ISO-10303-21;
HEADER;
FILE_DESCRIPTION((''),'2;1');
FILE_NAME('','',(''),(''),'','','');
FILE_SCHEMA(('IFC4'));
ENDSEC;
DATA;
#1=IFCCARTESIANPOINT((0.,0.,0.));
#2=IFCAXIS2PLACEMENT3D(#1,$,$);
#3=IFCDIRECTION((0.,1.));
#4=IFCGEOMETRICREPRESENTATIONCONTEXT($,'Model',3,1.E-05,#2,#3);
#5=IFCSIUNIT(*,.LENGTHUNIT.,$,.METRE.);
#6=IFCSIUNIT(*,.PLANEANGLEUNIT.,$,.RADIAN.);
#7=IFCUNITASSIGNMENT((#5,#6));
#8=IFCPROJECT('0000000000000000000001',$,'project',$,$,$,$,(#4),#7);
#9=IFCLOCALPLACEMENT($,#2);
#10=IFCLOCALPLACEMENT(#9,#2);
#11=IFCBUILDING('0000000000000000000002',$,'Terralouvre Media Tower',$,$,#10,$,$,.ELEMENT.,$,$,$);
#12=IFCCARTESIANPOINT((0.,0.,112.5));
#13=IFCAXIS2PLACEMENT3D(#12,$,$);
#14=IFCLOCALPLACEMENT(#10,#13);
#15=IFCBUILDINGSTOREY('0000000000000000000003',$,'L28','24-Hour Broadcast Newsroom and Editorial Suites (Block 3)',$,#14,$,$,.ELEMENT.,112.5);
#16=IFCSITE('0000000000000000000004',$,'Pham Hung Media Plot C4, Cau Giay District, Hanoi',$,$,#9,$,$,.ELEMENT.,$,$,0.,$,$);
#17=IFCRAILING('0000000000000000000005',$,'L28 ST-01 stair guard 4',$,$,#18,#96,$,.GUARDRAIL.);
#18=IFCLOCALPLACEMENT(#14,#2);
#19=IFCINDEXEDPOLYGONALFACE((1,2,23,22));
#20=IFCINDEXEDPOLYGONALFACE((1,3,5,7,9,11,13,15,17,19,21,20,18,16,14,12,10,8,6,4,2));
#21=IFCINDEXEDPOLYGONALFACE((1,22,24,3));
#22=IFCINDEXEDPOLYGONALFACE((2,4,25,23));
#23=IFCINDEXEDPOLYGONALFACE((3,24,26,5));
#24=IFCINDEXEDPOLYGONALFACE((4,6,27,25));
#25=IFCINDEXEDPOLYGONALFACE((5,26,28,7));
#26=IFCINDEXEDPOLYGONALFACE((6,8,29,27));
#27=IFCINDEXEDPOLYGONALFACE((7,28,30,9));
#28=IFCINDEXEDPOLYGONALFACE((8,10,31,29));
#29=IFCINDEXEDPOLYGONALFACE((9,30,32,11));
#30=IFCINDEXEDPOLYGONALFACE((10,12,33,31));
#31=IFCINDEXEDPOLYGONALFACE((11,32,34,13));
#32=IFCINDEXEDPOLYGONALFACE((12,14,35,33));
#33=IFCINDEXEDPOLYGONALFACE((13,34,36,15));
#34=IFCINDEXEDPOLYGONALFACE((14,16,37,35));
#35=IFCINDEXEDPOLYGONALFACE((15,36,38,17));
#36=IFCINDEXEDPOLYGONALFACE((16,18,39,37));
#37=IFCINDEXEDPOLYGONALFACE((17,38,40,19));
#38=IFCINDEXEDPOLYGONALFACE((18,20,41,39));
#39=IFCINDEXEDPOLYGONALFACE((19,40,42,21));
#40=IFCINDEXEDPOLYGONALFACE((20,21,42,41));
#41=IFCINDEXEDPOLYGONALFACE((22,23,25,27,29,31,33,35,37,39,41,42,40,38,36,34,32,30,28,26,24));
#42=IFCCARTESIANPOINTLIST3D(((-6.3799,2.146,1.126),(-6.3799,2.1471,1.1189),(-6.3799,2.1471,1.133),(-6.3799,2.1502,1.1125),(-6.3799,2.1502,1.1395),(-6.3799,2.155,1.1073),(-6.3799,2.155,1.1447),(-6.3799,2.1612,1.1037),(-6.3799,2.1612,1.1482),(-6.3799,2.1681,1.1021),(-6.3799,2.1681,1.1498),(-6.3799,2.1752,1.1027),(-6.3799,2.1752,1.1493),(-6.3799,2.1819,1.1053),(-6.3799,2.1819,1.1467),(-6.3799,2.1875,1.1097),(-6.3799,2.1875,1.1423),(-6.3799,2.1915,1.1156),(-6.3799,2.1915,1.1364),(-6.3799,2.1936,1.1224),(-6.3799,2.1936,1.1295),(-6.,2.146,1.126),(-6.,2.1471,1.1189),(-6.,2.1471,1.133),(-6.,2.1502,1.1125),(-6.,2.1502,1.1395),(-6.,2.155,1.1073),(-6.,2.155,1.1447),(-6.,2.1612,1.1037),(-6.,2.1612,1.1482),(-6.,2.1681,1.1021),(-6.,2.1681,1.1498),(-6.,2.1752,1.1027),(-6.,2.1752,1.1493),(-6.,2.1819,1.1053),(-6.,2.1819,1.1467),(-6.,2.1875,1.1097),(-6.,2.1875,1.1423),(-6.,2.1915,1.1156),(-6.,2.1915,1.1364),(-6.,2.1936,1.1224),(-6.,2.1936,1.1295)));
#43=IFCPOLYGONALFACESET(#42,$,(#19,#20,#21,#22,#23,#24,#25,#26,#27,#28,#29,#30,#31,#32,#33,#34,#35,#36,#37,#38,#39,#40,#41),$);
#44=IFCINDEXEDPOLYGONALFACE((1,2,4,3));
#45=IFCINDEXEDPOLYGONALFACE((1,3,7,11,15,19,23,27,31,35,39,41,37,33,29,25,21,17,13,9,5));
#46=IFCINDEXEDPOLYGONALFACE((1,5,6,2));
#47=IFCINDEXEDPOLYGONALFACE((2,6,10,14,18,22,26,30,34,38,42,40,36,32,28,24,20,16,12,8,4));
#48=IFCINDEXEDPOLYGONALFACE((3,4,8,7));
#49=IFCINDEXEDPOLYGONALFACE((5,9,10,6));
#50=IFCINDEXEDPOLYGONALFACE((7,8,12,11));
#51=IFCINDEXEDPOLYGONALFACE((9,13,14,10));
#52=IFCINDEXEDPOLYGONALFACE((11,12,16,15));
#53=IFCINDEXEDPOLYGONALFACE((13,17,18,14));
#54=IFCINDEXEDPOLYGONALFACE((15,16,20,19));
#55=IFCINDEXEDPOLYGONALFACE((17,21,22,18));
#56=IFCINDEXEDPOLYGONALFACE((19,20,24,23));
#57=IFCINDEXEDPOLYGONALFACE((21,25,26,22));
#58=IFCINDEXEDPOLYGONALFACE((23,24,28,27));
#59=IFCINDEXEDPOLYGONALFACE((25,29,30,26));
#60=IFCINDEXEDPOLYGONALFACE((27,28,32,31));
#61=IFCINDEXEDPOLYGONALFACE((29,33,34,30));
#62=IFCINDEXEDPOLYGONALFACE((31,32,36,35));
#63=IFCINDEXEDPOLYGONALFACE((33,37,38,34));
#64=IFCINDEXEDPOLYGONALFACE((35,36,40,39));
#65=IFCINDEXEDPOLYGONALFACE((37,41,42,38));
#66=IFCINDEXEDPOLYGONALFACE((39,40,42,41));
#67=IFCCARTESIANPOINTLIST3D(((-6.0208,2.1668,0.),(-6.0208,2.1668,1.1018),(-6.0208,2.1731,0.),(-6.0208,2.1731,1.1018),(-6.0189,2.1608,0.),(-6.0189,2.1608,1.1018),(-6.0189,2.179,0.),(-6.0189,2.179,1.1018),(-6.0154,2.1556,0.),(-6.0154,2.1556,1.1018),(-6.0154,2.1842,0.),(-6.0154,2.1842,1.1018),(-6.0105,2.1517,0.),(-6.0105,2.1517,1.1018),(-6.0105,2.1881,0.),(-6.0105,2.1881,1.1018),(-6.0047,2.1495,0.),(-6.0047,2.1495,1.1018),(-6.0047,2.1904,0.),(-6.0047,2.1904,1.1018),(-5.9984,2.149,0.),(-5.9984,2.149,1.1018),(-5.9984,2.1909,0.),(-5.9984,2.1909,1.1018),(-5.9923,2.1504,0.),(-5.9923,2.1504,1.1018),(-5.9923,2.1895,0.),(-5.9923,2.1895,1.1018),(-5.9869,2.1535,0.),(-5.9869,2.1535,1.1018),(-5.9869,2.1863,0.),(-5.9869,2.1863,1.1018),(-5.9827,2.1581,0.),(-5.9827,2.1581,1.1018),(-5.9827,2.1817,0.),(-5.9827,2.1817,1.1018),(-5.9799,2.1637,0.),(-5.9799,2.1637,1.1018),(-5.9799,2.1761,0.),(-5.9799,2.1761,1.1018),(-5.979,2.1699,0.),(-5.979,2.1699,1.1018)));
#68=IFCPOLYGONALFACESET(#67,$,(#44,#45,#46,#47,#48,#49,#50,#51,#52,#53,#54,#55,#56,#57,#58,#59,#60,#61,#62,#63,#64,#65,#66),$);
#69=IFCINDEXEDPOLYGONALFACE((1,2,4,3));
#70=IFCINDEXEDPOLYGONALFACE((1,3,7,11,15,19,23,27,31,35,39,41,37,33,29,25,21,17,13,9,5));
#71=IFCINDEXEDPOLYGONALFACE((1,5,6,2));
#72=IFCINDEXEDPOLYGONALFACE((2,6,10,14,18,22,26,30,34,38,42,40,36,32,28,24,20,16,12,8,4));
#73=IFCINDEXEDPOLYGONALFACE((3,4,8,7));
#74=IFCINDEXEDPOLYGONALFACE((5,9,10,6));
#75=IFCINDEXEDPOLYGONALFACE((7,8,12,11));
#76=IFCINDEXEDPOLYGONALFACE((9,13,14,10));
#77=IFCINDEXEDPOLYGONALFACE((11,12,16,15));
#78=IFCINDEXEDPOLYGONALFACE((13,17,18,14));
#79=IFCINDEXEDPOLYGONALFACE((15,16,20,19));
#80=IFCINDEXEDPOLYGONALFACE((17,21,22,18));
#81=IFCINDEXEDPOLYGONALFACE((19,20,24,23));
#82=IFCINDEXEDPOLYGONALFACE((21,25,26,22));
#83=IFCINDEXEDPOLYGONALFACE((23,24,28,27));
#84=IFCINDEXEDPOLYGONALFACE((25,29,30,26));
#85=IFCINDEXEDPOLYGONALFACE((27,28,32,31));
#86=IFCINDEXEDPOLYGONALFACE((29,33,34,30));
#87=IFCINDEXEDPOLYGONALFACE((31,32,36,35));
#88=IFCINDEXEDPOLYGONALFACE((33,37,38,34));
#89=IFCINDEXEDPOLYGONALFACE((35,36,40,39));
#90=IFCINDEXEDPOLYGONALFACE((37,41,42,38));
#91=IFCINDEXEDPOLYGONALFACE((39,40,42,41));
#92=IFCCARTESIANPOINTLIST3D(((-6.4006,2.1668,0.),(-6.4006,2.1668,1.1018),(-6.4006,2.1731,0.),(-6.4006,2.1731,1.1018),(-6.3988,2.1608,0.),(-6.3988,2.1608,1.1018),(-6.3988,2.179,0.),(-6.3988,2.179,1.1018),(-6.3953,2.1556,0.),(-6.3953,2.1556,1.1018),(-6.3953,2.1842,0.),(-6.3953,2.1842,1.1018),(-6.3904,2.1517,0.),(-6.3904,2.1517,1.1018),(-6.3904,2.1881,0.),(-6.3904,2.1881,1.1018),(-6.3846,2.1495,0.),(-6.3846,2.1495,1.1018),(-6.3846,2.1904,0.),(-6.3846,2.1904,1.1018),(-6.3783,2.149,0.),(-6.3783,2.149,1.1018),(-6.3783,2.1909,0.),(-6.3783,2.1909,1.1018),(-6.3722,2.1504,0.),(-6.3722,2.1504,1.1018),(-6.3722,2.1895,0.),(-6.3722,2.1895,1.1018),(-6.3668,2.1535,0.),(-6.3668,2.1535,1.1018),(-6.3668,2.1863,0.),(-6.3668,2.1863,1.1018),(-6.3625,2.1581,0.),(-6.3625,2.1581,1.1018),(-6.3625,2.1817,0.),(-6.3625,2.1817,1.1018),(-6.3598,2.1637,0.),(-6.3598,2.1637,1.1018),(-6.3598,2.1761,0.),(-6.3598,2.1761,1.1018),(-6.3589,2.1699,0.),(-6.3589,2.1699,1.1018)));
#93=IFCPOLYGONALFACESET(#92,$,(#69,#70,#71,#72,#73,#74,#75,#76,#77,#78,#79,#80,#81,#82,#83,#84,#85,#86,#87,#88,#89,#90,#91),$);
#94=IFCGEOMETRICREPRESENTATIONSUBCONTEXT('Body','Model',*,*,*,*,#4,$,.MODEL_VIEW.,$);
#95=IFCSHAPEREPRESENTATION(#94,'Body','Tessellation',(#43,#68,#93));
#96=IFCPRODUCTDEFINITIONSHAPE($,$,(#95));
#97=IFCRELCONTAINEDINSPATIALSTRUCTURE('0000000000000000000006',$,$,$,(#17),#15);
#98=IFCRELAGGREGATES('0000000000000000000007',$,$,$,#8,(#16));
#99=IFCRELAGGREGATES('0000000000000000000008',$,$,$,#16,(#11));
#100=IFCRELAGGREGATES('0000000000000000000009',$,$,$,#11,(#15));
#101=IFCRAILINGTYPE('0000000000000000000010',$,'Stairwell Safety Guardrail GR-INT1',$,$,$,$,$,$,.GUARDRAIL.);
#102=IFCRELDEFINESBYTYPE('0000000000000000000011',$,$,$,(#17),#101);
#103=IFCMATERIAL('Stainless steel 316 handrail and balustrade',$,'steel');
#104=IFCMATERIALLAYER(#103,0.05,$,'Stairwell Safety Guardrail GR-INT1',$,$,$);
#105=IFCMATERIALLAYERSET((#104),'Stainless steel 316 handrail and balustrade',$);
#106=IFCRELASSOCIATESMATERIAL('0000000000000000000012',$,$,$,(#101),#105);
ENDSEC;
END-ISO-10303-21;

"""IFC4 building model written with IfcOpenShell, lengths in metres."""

from ifc_helpers import new_model, si_unit, direction, frame, origin, origin_2d, place, context, subcontext, project, spatial, circle, extrude, material, layer, layer_set, type_object, element, save


model = new_model("IFC4")

# Units and contexts
model_context = context("Model", 3, precision=1e-05, world=origin(), true_north=direction((0.0, 1.0)))
body_context = subcontext(model_context, "Body", "Model", "MODEL_VIEW")
ifc_project = project(units=[si_unit("LENGTHUNIT", "METRE"), si_unit("PLANEANGLEUNIT", "RADIAN")], contexts=[model_context])

# Site, building, storey
site_placement = place(None, origin())
site = spatial("IfcSite", under=ifc_project, at=site_placement, Name="Pham Hung Media Plot C4, Cau Giay District, Hanoi", CompositionType="ELEMENT", RefElevation=0.0)
building_placement = place(site_placement, origin())
building = spatial("IfcBuilding", under=site, at=building_placement, Name="Terralouvre Media Tower", CompositionType="ELEMENT")
storey_placement = place(building_placement, frame((0.0, 0.0, 112.5)))
storey = spatial("IfcBuildingStorey", under=building, at=storey_placement, Name="L28", Description="24-Hour Broadcast Newsroom and Editorial Suites (Block 3)", CompositionType="ELEMENT", Elevation=112.5)

# Railing
ifc_material_1 = material(Name="Stainless steel 316 handrail and balustrade", Category="steel")
ifc_layer_1 = layer(ifc_material_1, 0.05, Name="Stairwell Safety Guardrail GR-INT1")
ifc_layer_set_1 = layer_set([ifc_layer_1], Name="Stainless steel 316 handrail and balustrade")
railing_type_1 = type_object("IfcRailingType", Name="Stairwell Safety Guardrail GR-INT1", PredefinedType="GUARDRAIL", material=ifc_layer_set_1)
railing_1_placement = place(storey_placement, frame((-6.0, 2.1699, 0.0)))
element("IfcRailing", 1, at=railing_1_placement, inside=storey, type_object=railing_type_1, Name="L28 ST-01 stair guard 4", PredefinedType="GUARDRAIL", context=body_context, shape_type="SweptSolid", body=[
    extrude(circle(Radius=0.0239, at=origin_2d()), frame((0.0, 0.0, 1.126), z_axis=(-1.0, 0.0, 0.0), x_axis=(0.0, -1.0, 0.0)), (0.0, 0.0, 1.0), 0.3799),
    extrude(circle(Radius=0.021, at=origin_2d()), origin(), (0.0, 0.0, 1.0), 1.1018),
    extrude(circle(Radius=0.021, at=origin_2d()), frame((-0.3799, 0.0, 0.0)), (0.0, 0.0, 1.0), 1.1018),
])

save(model, "model.ifc")
